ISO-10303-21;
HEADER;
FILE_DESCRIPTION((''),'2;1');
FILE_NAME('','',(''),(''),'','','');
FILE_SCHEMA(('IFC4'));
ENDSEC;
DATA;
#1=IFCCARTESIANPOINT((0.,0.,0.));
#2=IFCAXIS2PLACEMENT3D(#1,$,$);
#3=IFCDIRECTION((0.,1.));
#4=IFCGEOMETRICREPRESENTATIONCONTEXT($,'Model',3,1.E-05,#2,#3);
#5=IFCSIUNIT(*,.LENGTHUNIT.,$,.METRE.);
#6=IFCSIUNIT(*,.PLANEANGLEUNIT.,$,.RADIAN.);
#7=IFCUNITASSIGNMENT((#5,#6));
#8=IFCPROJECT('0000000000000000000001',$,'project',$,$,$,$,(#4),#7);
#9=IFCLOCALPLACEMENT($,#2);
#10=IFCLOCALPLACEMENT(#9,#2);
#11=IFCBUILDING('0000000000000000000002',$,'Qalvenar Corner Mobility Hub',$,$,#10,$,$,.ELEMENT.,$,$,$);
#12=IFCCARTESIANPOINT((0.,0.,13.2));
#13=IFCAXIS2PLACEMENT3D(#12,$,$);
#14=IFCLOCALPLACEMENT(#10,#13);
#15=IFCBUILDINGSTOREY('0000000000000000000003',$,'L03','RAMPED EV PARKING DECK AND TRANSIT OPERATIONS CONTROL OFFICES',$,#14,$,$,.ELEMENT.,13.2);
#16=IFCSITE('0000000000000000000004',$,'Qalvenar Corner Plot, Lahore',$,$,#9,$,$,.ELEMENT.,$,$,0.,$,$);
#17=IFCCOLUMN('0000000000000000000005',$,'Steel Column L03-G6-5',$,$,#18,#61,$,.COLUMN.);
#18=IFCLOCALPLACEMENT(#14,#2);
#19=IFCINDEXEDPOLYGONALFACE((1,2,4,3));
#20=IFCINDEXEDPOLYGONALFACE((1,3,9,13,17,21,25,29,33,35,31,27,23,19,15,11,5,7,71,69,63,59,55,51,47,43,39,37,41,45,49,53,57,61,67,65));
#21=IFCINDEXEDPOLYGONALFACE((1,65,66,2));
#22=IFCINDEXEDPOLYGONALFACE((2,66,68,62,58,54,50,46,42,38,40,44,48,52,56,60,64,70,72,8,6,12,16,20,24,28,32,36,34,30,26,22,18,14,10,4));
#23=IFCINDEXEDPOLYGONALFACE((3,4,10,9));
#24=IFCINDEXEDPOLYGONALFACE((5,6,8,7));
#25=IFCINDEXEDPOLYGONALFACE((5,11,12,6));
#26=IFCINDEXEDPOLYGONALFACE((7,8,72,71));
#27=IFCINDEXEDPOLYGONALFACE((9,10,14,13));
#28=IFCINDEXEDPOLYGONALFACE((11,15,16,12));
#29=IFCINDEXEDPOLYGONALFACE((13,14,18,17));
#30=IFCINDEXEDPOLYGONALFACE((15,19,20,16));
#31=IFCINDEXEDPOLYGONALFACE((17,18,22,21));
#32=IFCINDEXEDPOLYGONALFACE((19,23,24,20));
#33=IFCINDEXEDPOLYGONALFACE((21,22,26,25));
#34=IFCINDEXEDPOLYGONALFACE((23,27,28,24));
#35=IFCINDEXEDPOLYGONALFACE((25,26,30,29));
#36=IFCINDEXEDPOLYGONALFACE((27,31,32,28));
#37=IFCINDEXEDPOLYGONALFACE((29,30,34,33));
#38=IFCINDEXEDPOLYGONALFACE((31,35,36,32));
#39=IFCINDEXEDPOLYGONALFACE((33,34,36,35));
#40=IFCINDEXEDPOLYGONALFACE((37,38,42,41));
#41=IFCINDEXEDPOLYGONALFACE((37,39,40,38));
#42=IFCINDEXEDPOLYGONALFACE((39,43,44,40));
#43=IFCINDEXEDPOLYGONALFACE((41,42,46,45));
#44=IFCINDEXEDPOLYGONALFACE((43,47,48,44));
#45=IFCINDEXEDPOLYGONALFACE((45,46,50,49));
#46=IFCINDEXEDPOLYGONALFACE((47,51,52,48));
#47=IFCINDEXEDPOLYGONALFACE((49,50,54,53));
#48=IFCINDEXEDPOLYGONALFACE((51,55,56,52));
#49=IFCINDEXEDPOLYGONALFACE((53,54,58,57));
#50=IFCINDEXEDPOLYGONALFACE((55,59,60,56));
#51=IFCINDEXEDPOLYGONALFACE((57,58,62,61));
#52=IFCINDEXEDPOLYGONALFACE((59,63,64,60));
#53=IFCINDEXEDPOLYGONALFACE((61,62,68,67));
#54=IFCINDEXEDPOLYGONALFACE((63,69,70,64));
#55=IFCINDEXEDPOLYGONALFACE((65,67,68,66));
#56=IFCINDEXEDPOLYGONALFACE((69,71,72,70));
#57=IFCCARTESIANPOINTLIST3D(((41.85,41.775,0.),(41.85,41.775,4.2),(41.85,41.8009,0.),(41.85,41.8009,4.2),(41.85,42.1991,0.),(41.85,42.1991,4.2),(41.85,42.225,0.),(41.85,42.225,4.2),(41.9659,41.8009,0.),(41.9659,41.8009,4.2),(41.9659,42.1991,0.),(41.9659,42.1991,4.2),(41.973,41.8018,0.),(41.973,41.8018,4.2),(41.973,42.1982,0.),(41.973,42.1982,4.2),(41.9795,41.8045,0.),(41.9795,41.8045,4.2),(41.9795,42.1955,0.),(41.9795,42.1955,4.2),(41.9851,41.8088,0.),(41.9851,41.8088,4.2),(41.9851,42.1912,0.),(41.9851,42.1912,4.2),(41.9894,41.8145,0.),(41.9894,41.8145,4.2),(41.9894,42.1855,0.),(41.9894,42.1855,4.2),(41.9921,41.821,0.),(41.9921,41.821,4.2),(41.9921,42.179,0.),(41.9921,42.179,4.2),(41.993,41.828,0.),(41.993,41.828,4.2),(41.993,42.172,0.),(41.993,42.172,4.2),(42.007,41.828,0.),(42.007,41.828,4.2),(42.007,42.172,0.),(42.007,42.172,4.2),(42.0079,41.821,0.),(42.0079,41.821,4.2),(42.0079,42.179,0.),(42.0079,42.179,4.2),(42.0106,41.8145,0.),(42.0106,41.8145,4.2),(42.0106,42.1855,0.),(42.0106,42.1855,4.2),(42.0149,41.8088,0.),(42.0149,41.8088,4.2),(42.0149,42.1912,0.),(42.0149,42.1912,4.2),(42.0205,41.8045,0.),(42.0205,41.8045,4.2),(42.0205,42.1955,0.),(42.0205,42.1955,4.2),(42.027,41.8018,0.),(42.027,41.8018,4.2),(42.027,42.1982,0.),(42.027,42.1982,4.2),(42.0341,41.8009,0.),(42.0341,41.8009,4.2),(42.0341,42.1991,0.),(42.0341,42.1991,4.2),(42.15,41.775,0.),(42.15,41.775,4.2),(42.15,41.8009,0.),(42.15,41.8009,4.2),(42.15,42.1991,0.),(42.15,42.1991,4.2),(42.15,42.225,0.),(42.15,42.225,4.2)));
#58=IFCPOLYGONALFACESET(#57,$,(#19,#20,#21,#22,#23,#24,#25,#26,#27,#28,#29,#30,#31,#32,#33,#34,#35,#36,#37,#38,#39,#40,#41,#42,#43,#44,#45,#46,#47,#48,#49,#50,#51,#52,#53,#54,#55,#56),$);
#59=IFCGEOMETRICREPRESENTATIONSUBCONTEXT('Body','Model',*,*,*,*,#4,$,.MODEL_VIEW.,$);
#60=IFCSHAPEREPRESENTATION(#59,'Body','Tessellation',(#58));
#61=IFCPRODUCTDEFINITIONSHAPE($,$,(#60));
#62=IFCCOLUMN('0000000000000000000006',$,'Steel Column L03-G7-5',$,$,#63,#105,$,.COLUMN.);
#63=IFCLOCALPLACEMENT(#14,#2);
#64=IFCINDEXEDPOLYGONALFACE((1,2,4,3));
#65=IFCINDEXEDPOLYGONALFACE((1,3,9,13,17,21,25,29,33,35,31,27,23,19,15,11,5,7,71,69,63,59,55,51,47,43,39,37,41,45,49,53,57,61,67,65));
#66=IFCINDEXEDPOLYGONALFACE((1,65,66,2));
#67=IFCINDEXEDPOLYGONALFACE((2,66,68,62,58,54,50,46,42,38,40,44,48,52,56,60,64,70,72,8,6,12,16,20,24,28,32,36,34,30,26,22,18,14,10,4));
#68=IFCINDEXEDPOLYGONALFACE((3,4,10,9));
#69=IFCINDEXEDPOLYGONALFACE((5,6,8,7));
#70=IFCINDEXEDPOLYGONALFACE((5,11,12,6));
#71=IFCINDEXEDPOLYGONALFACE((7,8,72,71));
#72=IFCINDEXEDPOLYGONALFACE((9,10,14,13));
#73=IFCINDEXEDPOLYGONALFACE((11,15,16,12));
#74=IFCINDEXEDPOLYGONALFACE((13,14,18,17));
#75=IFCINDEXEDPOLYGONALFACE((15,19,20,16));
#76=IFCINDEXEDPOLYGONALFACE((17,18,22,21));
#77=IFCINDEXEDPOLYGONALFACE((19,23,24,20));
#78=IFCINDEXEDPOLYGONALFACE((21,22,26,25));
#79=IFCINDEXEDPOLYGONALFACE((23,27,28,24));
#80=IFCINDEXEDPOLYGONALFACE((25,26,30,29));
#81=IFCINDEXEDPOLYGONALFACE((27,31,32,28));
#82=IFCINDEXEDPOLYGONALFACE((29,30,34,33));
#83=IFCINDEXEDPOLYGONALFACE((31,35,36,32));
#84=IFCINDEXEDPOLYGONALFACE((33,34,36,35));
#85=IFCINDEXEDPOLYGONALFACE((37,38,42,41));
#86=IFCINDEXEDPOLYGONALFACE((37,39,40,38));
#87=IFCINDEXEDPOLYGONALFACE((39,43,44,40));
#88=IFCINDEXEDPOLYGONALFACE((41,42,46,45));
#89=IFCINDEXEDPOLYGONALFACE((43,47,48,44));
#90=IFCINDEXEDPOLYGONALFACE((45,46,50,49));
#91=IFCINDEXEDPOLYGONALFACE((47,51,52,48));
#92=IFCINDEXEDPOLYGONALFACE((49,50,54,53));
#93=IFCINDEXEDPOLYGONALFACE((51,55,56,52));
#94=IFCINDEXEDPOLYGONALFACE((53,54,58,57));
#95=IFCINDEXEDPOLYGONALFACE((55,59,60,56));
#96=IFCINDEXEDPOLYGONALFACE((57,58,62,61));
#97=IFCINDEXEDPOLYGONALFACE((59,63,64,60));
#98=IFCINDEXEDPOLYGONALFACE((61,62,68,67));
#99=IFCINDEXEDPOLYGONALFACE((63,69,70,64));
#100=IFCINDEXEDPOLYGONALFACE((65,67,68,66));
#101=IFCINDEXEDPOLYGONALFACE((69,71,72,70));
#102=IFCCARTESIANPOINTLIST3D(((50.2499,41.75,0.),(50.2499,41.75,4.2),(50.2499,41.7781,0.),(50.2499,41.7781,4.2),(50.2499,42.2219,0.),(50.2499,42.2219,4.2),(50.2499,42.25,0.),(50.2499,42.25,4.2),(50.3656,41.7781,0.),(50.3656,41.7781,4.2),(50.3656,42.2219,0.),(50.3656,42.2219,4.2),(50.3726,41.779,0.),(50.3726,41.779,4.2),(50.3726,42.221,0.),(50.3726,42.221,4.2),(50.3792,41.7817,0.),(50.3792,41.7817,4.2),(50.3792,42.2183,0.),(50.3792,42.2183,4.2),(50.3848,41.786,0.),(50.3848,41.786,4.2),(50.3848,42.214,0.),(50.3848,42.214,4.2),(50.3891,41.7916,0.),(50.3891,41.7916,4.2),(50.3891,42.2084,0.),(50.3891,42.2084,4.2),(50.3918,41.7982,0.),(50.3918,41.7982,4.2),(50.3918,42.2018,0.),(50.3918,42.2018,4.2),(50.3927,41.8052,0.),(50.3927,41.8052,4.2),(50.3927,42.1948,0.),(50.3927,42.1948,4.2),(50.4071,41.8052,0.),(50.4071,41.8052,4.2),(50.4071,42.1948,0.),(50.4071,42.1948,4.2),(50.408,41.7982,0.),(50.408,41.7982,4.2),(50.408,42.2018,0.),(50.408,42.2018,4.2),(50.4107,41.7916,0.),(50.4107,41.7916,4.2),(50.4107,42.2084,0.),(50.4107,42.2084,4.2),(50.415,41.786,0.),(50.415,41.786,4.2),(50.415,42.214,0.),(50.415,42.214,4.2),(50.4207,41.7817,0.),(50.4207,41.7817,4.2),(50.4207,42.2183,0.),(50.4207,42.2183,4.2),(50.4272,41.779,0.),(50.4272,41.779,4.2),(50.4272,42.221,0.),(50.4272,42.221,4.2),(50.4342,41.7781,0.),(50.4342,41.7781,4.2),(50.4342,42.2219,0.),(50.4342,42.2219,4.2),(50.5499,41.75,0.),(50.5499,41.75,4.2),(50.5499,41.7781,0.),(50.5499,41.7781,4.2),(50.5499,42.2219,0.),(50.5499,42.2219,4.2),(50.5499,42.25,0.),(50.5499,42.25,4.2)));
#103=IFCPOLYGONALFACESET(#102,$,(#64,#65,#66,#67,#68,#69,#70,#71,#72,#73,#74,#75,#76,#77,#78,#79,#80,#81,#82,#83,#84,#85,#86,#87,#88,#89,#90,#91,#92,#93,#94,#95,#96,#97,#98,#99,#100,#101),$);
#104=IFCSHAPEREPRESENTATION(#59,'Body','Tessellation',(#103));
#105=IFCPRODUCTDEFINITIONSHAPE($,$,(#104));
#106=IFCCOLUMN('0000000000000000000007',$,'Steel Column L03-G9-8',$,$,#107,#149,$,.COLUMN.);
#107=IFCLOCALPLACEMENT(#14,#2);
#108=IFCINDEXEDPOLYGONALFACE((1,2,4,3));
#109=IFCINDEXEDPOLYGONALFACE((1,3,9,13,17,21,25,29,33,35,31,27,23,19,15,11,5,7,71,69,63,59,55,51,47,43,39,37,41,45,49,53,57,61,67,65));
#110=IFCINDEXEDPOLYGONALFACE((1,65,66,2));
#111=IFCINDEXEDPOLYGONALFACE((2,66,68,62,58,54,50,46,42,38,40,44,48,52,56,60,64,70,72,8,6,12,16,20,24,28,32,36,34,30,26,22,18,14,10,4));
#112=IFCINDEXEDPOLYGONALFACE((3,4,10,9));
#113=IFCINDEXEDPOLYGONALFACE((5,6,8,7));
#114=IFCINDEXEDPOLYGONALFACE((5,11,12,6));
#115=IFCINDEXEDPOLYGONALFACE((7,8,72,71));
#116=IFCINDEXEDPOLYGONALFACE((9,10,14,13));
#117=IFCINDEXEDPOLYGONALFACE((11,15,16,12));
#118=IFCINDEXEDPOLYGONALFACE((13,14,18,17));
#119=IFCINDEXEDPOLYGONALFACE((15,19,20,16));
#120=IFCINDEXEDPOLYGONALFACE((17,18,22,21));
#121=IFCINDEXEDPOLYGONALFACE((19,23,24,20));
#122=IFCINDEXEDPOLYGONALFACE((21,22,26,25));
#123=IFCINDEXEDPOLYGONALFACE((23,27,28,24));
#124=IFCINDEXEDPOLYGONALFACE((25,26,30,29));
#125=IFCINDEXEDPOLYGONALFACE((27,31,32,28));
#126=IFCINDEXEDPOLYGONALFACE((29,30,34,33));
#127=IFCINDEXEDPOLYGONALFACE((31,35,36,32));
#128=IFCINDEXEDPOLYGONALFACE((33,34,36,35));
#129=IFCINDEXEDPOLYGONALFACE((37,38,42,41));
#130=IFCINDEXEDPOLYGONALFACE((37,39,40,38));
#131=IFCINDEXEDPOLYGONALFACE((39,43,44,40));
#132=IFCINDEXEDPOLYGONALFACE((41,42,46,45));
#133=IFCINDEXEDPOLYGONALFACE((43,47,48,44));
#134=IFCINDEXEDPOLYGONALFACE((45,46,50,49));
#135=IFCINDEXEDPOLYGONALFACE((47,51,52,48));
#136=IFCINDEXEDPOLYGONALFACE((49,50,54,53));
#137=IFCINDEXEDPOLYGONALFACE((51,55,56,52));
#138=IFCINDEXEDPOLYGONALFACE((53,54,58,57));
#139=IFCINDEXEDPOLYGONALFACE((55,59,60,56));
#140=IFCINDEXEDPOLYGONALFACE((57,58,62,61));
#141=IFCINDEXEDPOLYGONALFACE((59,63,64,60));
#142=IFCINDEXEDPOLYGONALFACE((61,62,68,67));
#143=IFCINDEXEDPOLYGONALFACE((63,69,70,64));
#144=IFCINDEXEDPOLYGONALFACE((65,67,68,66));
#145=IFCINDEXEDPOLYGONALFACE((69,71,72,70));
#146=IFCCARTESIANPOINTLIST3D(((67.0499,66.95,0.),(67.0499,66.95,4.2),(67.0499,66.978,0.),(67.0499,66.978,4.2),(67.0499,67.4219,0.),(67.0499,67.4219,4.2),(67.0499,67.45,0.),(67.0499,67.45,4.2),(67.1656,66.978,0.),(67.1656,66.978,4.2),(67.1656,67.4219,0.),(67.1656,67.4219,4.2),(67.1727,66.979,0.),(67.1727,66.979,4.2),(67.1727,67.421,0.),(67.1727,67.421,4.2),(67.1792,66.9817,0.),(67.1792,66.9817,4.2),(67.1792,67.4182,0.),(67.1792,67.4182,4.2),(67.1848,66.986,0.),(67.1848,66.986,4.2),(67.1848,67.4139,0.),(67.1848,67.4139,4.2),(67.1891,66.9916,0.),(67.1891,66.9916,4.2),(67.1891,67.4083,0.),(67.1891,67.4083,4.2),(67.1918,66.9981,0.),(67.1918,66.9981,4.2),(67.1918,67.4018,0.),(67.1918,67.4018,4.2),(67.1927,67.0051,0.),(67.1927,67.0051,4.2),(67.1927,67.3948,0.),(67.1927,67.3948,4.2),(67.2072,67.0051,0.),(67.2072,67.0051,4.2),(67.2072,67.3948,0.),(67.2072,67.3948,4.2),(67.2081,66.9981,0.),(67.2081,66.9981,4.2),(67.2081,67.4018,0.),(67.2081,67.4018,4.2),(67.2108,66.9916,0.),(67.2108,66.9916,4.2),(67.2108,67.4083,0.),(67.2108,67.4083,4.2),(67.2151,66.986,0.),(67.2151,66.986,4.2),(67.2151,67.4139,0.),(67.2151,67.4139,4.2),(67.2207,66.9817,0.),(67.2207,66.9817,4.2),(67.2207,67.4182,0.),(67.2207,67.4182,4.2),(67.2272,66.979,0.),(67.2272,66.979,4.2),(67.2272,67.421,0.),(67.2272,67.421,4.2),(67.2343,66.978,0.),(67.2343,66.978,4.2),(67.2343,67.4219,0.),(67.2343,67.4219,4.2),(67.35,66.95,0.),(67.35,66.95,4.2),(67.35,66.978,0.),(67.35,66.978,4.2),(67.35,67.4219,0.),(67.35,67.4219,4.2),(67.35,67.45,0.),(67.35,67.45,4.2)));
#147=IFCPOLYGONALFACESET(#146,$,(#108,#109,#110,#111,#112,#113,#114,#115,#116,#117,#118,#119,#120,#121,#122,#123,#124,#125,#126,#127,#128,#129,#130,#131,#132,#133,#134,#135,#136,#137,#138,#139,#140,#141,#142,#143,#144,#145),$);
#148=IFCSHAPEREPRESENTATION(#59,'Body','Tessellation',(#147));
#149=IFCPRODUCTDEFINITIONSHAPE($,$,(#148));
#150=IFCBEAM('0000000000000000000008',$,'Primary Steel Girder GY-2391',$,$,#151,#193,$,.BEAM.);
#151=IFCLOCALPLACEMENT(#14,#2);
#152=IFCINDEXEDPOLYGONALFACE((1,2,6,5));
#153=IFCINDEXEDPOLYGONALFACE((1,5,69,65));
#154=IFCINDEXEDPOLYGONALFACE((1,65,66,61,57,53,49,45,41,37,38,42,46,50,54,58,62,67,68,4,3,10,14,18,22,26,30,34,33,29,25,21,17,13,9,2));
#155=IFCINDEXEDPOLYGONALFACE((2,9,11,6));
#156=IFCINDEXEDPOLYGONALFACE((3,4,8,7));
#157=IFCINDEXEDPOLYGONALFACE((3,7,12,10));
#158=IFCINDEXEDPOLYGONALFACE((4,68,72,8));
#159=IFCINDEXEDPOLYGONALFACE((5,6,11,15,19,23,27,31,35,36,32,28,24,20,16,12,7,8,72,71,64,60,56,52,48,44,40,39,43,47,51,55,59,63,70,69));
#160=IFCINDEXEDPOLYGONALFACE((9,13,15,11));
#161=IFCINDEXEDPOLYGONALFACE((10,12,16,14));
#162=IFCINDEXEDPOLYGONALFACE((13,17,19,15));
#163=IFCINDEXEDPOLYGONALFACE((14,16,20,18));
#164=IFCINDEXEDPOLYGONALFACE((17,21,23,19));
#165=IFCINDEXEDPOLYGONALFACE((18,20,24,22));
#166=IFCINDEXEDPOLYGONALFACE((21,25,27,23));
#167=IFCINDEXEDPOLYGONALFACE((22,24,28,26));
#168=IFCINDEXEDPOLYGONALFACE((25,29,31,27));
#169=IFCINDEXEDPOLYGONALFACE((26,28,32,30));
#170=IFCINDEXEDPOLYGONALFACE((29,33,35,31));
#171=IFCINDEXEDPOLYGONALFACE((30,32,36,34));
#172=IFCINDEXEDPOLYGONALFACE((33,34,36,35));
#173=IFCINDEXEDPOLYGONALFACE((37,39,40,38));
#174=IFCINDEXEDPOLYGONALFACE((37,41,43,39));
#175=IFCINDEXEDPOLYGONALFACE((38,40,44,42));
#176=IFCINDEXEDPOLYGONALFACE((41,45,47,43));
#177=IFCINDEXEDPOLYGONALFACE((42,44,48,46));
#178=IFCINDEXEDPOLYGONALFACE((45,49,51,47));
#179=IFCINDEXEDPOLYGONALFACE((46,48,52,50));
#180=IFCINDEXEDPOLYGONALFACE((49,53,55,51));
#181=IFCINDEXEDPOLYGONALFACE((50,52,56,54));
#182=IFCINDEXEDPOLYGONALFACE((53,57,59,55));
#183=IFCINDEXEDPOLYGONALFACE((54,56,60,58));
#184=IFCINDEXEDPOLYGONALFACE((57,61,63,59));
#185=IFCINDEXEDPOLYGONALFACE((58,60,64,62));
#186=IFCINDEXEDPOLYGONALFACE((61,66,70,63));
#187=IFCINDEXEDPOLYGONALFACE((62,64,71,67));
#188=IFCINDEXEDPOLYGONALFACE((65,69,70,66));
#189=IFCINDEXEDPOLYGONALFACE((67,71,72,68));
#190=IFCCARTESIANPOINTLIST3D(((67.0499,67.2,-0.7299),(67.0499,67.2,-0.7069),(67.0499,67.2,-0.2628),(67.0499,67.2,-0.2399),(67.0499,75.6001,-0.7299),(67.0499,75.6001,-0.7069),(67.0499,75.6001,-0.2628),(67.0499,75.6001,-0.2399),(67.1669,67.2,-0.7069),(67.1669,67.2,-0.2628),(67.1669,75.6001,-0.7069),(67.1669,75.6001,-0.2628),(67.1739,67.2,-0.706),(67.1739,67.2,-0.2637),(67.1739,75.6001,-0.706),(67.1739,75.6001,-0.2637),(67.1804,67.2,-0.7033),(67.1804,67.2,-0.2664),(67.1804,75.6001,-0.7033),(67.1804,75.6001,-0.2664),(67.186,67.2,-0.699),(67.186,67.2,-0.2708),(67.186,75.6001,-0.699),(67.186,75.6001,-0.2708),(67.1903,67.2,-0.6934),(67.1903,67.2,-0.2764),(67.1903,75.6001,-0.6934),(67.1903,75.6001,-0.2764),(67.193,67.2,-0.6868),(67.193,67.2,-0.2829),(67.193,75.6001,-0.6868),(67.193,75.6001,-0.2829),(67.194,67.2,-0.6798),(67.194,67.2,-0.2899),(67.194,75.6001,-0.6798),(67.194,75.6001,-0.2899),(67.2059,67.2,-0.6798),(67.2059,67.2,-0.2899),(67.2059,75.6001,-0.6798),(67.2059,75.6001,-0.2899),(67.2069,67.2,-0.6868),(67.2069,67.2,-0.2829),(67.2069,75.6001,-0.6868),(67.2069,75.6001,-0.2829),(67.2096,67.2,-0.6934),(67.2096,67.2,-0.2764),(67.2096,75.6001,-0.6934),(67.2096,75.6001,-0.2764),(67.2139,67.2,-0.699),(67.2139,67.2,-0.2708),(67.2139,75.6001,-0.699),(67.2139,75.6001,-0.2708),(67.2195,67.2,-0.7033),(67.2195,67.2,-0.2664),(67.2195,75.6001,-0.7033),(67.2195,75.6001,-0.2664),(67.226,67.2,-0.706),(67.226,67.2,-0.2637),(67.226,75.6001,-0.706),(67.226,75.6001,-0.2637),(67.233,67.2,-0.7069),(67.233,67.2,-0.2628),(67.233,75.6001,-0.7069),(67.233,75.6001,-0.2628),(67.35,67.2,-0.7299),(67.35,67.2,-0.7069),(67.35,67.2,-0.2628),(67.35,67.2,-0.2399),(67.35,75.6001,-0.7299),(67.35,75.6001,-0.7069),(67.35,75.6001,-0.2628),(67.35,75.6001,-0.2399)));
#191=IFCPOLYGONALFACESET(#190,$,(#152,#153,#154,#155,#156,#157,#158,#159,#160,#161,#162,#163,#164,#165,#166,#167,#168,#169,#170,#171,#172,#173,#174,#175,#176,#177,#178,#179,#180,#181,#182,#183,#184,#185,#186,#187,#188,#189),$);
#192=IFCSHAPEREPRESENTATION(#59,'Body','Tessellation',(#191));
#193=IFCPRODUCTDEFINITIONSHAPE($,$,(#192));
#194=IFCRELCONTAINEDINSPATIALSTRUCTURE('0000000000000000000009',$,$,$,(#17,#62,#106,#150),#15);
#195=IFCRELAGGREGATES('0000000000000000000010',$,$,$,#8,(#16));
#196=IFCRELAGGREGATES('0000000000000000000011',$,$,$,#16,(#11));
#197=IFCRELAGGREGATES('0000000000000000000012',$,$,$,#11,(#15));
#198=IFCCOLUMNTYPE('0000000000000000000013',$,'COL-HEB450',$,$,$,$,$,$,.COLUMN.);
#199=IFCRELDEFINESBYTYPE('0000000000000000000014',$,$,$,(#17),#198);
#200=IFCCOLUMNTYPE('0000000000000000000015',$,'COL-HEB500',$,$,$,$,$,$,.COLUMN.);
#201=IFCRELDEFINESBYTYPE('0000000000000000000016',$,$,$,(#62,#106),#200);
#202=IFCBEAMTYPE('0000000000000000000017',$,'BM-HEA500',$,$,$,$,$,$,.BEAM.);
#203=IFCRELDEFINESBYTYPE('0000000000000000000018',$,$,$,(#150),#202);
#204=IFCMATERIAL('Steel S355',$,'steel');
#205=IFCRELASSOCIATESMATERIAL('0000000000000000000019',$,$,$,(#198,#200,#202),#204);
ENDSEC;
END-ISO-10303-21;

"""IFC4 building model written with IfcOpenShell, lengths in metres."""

from ifc_helpers import new_model, si_unit, direction, frame, origin, origin_2d, place, context, subcontext, project, spatial, i_section, extrude, material, material_profile, profile_set, type_object, element, save


model = new_model("IFC4")

# Units and contexts
model_context = context("Model", 3, precision=1e-05, world=origin(), true_north=direction((0.0, 1.0)))
body_context = subcontext(model_context, "Body", "Model", "MODEL_VIEW")
ifc_project = project(units=[si_unit("LENGTHUNIT", "METRE"), si_unit("PLANEANGLEUNIT", "RADIAN")], contexts=[model_context])

# Site, building, storey
site_placement = place(None, origin())
site = spatial("IfcSite", under=ifc_project, at=site_placement, Name="Qalvenar Corner Plot, Lahore", CompositionType="ELEMENT", RefElevation=0.0)
building_placement = place(site_placement, origin())
building = spatial("IfcBuilding", under=site, at=building_placement, Name="Qalvenar Corner Mobility Hub", CompositionType="ELEMENT")
storey_placement = place(building_placement, frame((0.0, 0.0, 13.2)))
storey = spatial("IfcBuildingStorey", under=building, at=storey_placement, Name="L03", Description="RAMPED EV PARKING DECK AND TRANSIT OPERATIONS CONTROL OFFICES", CompositionType="ELEMENT", Elevation=13.2)

# Columns
ifc_material_1 = material(Name="Steel S355", Category="steel")
ifc_material_profile_1 = material_profile(ifc_material_1, i_section(OverallWidth=0.3, OverallDepth=0.45, WebThickness=0.0139, FlangeThickness=0.0259, FilletRadius=0.0271, at=origin_2d()), Name="HEB450")
ifc_profile_set_1 = profile_set([ifc_material_profile_1], Name="Steel S355")
column_type_1 = type_object("IfcColumnType", Name="COL-HEB450", PredefinedType="COLUMN", material=ifc_profile_set_1)
column_placement = place(storey_placement, frame((42.0, 42.0, 0.0), z_axis=(0.0, 0.0, 1.0), x_axis=(1.0, 0.0, 0.0)))
element("IfcColumn", 1, at=column_placement, inside=storey, type_object=column_type_1, Name="Steel Column L03-G6-5", PredefinedType="COLUMN", context=body_context, shape_type="SweptSolid", body=[
    extrude(i_section(OverallWidth=0.3, OverallDepth=0.45, WebThickness=0.0139, FlangeThickness=0.0259, FilletRadius=0.0271, at=origin_2d()), origin(), (0.0, 0.0, 1.0), 4.2),
])
ifc_material_profile_2 = material_profile(ifc_material_1, i_section(OverallWidth=0.3, OverallDepth=0.5, WebThickness=0.0144, FlangeThickness=0.0281, FilletRadius=0.0271, at=origin_2d()), Name="HEB500")
ifc_profile_set_2 = profile_set([ifc_material_profile_2], Name="Steel S355")
column_type_2 = type_object("IfcColumnType", Name="COL-HEB500", PredefinedType="COLUMN", material=ifc_profile_set_2)
for number, where, z_axis, x_axis, name in (
    (2, (50.3999, 42.0, 0.0), (0.0, 0.0, 1.0), (1.0, 0.0, 0.0), "Steel Column L03-G7-5"),
    (3, (67.2, 67.2, 0.0), (0.0, 0.0, 1.0), (1.0, 0.0, 0.0), "Steel Column L03-G9-8"),
):
    element("IfcColumn", number, at=place(storey_placement, frame(where, z_axis=z_axis, x_axis=x_axis)), inside=storey, type_object=column_type_2, Name=name, PredefinedType="COLUMN", context=body_context, shape_type="SweptSolid", body=[
        extrude(i_section(OverallWidth=0.3, OverallDepth=0.5, WebThickness=0.0144, FlangeThickness=0.0281, FilletRadius=0.0271, at=origin_2d()), origin(), (0.0, 0.0, 1.0), 4.2),
    ])

# Beam
ifc_material_profile_3 = material_profile(ifc_material_1, i_section(OverallWidth=0.3, OverallDepth=0.49, WebThickness=0.012, FlangeThickness=0.0229, FilletRadius=0.0271, at=origin_2d()), Name="HEA500")
ifc_profile_set_3 = profile_set([ifc_material_profile_3], Name="Steel S355")
beam_type_1 = type_object("IfcBeamType", Name="BM-HEA500", PredefinedType="BEAM", material=ifc_profile_set_3)
beam_1_placement = place(storey_placement, frame((67.2, 67.2, -0.4849), z_axis=(0.0, 1.0, 0.0), x_axis=(-1.0, 0.0, 0.0)))
element("IfcBeam", 4, at=beam_1_placement, inside=storey, type_object=beam_type_1, Name="Primary Steel Girder GY-2391", PredefinedType="BEAM", context=body_context, shape_type="SweptSolid", body=[
    extrude(i_section(OverallWidth=0.3, OverallDepth=0.49, WebThickness=0.012, FlangeThickness=0.0229, FilletRadius=0.0271, at=origin_2d()), origin(), (0.0, 0.0, 1.0), 8.4001),
])

save(model, "model.ifc")
